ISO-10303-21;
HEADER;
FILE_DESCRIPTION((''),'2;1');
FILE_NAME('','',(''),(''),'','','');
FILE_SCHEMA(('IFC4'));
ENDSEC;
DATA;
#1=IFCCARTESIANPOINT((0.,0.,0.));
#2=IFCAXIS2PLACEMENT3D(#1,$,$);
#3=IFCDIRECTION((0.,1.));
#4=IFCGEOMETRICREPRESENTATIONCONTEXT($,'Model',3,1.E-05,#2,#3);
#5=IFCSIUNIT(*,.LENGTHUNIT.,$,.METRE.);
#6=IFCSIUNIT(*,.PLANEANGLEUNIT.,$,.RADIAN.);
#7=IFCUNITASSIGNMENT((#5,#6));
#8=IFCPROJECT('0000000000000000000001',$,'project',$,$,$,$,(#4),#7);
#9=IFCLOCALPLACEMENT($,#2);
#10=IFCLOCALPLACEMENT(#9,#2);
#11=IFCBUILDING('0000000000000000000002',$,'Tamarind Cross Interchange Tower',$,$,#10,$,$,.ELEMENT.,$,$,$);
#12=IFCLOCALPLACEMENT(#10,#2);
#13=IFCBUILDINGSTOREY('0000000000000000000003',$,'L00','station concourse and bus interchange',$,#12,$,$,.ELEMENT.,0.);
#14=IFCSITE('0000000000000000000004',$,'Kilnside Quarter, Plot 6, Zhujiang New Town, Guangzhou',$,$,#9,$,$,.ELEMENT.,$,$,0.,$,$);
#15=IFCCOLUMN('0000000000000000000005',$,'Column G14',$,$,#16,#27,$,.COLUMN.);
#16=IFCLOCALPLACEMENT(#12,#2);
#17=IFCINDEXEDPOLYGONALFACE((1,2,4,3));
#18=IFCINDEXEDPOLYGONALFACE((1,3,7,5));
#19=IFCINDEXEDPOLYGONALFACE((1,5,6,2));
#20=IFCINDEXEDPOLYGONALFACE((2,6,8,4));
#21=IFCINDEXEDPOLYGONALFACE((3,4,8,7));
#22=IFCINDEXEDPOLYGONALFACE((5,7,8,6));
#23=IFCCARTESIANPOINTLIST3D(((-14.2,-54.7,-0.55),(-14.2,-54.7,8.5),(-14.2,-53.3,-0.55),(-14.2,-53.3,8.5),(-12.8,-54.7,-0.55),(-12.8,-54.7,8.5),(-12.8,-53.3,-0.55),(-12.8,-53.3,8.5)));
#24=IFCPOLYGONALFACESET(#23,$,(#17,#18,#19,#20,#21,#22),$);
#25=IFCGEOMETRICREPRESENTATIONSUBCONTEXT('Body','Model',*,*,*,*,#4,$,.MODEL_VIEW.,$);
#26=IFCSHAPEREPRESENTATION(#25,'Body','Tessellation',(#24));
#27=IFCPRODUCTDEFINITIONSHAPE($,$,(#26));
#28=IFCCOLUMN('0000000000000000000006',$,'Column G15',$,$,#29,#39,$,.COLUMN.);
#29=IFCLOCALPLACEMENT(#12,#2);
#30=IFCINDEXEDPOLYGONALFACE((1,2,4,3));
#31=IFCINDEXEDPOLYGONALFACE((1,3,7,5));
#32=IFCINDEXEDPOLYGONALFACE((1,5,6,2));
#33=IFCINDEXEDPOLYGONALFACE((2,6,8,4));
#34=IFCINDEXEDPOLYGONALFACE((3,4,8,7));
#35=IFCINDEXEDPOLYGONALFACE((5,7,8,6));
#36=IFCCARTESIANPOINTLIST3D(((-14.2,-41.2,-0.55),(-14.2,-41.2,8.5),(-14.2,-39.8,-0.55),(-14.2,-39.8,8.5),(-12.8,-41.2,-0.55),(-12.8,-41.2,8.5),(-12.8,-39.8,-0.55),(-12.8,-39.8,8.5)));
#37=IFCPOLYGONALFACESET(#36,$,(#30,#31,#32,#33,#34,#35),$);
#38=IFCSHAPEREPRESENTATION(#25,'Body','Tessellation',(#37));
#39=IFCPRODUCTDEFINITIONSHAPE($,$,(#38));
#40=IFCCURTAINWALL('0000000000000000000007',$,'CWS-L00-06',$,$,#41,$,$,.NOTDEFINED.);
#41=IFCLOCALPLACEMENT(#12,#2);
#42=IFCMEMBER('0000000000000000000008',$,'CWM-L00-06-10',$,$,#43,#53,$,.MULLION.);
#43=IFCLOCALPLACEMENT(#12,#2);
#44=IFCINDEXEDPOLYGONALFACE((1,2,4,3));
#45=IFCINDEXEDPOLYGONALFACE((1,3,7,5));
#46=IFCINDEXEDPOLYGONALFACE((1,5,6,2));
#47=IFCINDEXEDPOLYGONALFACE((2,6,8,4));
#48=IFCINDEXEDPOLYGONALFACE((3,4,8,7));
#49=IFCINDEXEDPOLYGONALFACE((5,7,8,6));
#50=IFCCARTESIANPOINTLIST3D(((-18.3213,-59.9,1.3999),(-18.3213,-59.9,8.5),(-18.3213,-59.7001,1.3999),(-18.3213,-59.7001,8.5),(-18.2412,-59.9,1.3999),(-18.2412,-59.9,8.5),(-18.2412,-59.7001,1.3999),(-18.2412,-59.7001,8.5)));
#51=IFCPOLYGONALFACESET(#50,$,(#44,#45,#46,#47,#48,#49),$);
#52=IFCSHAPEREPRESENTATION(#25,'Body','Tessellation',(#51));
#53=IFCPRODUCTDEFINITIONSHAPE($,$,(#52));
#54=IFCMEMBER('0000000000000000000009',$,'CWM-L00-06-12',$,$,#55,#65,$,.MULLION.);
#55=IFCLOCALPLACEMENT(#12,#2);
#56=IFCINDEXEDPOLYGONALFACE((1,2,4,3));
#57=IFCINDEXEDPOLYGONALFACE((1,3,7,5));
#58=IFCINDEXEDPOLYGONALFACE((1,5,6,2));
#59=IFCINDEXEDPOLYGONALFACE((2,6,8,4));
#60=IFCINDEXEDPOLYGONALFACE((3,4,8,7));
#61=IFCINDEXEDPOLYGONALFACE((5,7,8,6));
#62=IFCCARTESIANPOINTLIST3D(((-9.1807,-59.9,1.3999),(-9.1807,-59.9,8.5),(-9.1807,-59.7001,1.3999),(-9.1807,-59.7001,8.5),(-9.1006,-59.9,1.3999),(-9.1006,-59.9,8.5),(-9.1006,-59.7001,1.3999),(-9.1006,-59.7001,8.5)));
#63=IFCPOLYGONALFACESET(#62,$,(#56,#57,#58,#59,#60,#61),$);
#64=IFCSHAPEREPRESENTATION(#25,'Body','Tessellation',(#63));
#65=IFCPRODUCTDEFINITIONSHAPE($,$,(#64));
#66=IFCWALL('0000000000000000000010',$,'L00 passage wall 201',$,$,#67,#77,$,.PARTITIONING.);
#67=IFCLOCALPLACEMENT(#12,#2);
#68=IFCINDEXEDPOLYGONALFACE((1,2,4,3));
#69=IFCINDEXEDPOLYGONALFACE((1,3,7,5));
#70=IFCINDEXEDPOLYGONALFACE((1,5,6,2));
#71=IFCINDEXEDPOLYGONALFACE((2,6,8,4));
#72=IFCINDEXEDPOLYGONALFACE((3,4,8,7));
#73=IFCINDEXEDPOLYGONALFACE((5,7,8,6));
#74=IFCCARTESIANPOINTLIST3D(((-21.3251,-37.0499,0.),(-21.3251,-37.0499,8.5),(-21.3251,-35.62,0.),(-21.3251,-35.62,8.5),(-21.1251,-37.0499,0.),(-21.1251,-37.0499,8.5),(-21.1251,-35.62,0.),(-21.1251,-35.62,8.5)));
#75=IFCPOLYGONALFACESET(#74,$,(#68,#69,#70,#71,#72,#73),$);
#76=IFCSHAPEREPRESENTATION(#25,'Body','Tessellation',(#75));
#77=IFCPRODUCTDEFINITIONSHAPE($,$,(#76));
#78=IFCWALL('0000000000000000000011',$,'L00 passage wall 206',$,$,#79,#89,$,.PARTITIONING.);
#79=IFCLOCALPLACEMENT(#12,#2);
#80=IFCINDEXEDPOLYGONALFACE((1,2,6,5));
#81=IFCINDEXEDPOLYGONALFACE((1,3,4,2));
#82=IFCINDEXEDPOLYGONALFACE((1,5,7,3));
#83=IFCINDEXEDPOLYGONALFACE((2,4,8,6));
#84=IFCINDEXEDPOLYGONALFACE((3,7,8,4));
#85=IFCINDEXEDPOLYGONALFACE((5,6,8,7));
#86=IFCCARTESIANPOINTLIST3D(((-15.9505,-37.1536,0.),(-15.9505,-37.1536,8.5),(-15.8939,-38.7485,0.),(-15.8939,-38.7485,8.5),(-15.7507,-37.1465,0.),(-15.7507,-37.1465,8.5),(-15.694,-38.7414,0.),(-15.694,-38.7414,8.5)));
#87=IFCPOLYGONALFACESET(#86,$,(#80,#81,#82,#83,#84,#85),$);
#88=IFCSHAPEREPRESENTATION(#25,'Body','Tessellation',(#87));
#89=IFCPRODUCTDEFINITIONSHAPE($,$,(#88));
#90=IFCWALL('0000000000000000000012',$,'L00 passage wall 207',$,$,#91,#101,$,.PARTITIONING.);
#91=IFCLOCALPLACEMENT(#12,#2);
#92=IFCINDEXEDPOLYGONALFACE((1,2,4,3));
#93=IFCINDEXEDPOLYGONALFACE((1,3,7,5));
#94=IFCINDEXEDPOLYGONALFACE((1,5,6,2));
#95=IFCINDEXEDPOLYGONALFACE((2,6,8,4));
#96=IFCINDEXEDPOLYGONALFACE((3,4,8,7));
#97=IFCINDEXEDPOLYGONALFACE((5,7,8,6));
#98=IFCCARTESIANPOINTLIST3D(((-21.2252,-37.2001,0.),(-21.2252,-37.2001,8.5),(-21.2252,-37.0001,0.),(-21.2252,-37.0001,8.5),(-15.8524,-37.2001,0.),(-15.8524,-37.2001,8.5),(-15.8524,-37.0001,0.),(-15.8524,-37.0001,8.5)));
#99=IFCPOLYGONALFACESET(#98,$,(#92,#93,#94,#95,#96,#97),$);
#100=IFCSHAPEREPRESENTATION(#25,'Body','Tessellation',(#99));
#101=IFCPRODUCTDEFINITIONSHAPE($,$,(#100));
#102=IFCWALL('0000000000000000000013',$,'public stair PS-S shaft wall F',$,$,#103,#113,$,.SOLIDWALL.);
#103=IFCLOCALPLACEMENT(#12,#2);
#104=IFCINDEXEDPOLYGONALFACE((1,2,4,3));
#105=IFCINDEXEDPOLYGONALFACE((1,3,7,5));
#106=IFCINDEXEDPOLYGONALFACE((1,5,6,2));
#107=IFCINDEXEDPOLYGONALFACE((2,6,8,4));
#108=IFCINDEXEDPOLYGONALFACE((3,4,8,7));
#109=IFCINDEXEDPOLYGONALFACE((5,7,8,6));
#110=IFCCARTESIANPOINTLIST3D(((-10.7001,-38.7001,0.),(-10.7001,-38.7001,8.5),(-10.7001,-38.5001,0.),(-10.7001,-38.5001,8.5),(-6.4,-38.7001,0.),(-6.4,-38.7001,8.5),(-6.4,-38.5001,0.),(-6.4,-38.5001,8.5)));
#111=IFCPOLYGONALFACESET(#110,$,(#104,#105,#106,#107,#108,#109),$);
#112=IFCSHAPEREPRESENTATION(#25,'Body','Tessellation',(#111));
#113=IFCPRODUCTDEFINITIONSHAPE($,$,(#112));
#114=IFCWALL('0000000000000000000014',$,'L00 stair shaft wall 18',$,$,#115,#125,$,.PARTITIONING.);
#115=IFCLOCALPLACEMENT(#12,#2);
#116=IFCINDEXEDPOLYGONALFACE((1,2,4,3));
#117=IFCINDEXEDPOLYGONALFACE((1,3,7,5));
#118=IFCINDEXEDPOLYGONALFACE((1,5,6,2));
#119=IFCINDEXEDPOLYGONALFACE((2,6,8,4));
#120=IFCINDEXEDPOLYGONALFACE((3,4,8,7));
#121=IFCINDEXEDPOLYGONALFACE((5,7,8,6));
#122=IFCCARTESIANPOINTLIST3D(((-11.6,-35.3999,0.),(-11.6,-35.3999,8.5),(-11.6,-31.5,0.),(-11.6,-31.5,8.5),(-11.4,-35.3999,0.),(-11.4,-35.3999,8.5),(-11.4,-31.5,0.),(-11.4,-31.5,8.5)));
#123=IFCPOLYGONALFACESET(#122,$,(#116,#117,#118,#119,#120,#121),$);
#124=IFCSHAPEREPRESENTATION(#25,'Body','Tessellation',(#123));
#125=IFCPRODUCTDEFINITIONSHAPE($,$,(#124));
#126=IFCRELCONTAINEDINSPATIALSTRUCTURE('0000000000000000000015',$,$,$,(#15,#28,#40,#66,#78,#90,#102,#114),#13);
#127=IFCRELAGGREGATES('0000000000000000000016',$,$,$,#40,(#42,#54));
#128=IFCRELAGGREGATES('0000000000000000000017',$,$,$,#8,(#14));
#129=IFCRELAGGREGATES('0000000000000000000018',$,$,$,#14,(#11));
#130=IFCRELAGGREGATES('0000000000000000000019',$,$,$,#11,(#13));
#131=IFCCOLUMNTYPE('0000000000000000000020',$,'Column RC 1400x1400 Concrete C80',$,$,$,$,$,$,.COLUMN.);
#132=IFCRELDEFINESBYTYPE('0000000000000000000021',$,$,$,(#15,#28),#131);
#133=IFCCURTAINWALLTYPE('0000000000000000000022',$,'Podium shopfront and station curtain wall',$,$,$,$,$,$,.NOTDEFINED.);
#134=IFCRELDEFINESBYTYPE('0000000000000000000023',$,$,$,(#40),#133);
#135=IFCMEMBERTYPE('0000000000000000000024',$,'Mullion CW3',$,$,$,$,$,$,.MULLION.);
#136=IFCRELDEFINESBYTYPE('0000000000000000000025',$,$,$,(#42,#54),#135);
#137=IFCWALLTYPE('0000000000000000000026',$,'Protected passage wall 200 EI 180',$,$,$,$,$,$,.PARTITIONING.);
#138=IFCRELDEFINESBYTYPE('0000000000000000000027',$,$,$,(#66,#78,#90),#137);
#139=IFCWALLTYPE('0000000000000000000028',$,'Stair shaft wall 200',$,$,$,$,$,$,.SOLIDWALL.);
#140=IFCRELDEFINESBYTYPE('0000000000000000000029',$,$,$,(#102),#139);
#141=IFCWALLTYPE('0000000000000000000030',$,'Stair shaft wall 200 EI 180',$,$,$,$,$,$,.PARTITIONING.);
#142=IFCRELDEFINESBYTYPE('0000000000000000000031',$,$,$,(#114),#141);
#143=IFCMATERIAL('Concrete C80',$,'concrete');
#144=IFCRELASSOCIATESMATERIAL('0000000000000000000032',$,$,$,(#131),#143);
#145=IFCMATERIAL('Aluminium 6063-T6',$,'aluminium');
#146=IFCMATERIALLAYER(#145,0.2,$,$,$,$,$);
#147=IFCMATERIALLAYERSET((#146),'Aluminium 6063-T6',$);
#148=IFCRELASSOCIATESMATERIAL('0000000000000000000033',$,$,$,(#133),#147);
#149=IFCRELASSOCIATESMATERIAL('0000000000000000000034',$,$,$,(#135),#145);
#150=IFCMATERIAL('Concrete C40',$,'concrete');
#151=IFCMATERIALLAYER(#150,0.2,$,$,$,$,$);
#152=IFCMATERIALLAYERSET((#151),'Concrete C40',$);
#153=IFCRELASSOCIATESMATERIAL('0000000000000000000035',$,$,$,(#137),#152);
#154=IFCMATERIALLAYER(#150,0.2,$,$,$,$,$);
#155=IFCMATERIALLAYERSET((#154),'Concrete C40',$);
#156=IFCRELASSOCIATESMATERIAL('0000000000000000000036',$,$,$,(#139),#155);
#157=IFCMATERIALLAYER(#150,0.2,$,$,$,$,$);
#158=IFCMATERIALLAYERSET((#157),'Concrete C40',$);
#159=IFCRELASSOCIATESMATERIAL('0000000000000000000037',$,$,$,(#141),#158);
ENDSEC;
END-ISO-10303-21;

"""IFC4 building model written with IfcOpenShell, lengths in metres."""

from ifc_helpers import new_model, si_unit, direction, frame, frame_2d, origin, origin_2d, place, context, subcontext, project, spatial, rectangle, extrude, material, layer, layer_set, material_profile, profile_set, type_object, element, aggregate, save


model = new_model("IFC4")

# Units and contexts
model_context = context("Model", 3, precision=1e-05, world=origin(), true_north=direction((0.0, 1.0)))
body_context = subcontext(model_context, "Body", "Model", "MODEL_VIEW")
ifc_project = project(units=[si_unit("LENGTHUNIT", "METRE"), si_unit("PLANEANGLEUNIT", "RADIAN")], contexts=[model_context])

# Site, building, storey
site_placement = place(None, origin())
site = spatial("IfcSite", under=ifc_project, at=site_placement, Name="Kilnside Quarter, Plot 6, Zhujiang New Town, Guangzhou", CompositionType="ELEMENT", RefElevation=0.0)
building_placement = place(site_placement, origin())
building = spatial("IfcBuilding", under=site, at=building_placement, Name="Tamarind Cross Interchange Tower", CompositionType="ELEMENT")
storey_placement = place(building_placement, origin())
storey = spatial("IfcBuildingStorey", under=building, at=storey_placement, Name="L00", Description="station concourse and bus interchange", CompositionType="ELEMENT", Elevation=0.0)

# Columns
ifc_material_1 = material(Name="Concrete C80", Category="concrete")
ifc_material_profile_1 = material_profile(ifc_material_1, rectangle(XDim=1.3999, YDim=1.3999, at=origin_2d()), Name="RC 1400x1400")
ifc_profile_set_1 = profile_set([ifc_material_profile_1], Name="Concrete C80")
column_type = type_object("IfcColumnType", Name="Column RC 1400x1400 Concrete C80", PredefinedType="COLUMN", material=ifc_profile_set_1)
for number, where, z_axis, x_axis, name in (
    (1, (-13.5, -54.0, -0.55), (0.0, 0.0, 1.0), (1.0, 0.0, 0.0), "Column G14"),
    (2, (-13.5, -40.5, -0.55), (0.0, 0.0, 1.0), (1.0, 0.0, 0.0), "Column G15"),
):
    element("IfcColumn", number, at=place(storey_placement, frame(where, z_axis=z_axis, x_axis=x_axis)), inside=storey, type_object=column_type, Name=name, PredefinedType="COLUMN", context=body_context, shape_type="SweptSolid", body=[
        extrude(rectangle(XDim=1.3999, YDim=1.3999, at=origin_2d()), origin(), (0.0, 0.0, 1.0), 9.05),
    ])

# Curtain wall, members
ifc_material_2 = material(Name="Aluminium 6063-T6", Category="aluminium")
ifc_layer_1 = layer(ifc_material_2, 0.2)
ifc_layer_set_1 = layer_set([ifc_layer_1], Name="Aluminium 6063-T6")
curtain_wall_type = type_object("IfcCurtainWallType", Name="Podium shopfront and station curtain wall", PredefinedType="NOTDEFINED", material=ifc_layer_set_1)
curtain_wall_placement = place(storey_placement, origin())
curtain_wall = element("IfcCurtainWall", 3, at=curtain_wall_placement, inside=storey, type_object=curtain_wall_type, Name="CWS-L00-06", PredefinedType="NOTDEFINED")
ifc_material_profile_2 = material_profile(ifc_material_2, rectangle(XDim=0.0801, YDim=0.2, at=origin_2d()), Name="Mullion CW3")
ifc_profile_set_2 = profile_set([ifc_material_profile_2], Name="Aluminium 6063-T6")
member_type = type_object("IfcMemberType", Name="Mullion CW3", PredefinedType="MULLION", material=ifc_profile_set_2)
member_1_placement = place(storey_placement, frame((-18.2812, -59.8, 1.3999), z_axis=(0.0, 0.0, 1.0), x_axis=(1.0, 0.0, 0.0)))
member_1 = element("IfcMember", 4, at=member_1_placement, type_object=member_type, Name="CWM-L00-06-10", PredefinedType="MULLION", context=body_context, shape_type="SweptSolid", body=[
    extrude(rectangle(XDim=0.0801, YDim=0.2, at=origin_2d()), origin(), (0.0, 0.0, 1.0), 7.1001),
])
member_2_placement = place(storey_placement, frame((-9.1406, -59.8, 1.3999), z_axis=(0.0, 0.0, 1.0), x_axis=(1.0, 0.0, 0.0)))
member_2 = element("IfcMember", 5, at=member_2_placement, type_object=member_type, Name="CWM-L00-06-12", PredefinedType="MULLION", context=body_context, shape_type="SweptSolid", body=[
    extrude(rectangle(XDim=0.0801, YDim=0.2, at=origin_2d()), origin(), (0.0, 0.0, 1.0), 7.1001),
])
aggregate(curtain_wall, [member_1, member_2])

# Walls
ifc_material_3 = material(Name="Concrete C40", Category="concrete")
ifc_layer_2 = layer(ifc_material_3, 0.2)
ifc_layer_set_2 = layer_set([ifc_layer_2], Name="Concrete C40")
wall_type_1 = type_object("IfcWallType", Name="Protected passage wall 200 EI 180", PredefinedType="PARTITIONING", material=ifc_layer_set_2)
wall_1_placement = place(storey_placement, frame((-21.2251, -35.6201, 0.0), z_axis=(0.0, 0.0, 1.0), x_axis=(0.0, -1.0, 0.0)))
element("IfcWall", 6, at=wall_1_placement, inside=storey, type_object=wall_type_1, Name="L00 passage wall 201", PredefinedType="PARTITIONING", context=body_context, shape_type="SweptSolid", body=[
    extrude(rectangle(XDim=1.4299, YDim=0.2, at=frame_2d((0.7148, 0.0))), origin(), (0.0, 0.0, 1.0), 8.5),
])
wall_2_placement = place(storey_placement, frame((-15.7939, -38.7449, 0.0), z_axis=(0.0, 0.0, 1.0), x_axis=(-0.03549, 0.99937, 0.0)))
element("IfcWall", 7, at=wall_2_placement, inside=storey, type_object=wall_type_1, Name="L00 passage wall 206", PredefinedType="PARTITIONING", context=body_context, shape_type="SweptSolid", body=[
    extrude(rectangle(XDim=1.5959, YDim=0.2, at=frame_2d((0.7979, 0.0))), origin(), (0.0, 0.0, 1.0), 8.5),
])
wall_3_placement = place(storey_placement, frame((-15.8523, -37.1001, 0.0), z_axis=(0.0, 0.0, 1.0), x_axis=(-1.0, 0.0, 0.0)))
element("IfcWall", 8, at=wall_3_placement, inside=storey, type_object=wall_type_1, Name="L00 passage wall 207", PredefinedType="PARTITIONING", context=body_context, shape_type="SweptSolid", body=[
    extrude(rectangle(XDim=5.3728, YDim=0.2, at=frame_2d((2.6865, 0.0))), origin(), (0.0, 0.0, 1.0), 8.5),
])
ifc_layer_3 = layer(ifc_material_3, 0.2)
ifc_layer_set_3 = layer_set([ifc_layer_3], Name="Concrete C40")
wall_type_2 = type_object("IfcWallType", Name="Stair shaft wall 200", PredefinedType="SOLIDWALL", material=ifc_layer_set_3)
wall_4_placement = place(storey_placement, frame((-10.7, -38.6001, 0.0), z_axis=(0.0, 0.0, 1.0), x_axis=(1.0, 0.0, 0.0)))
element("IfcWall", 9, at=wall_4_placement, inside=storey, type_object=wall_type_2, Name="public stair PS-S shaft wall F", PredefinedType="SOLIDWALL", context=body_context, shape_type="SweptSolid", body=[
    extrude(rectangle(XDim=4.3, YDim=0.2, at=frame_2d((2.1499, 0.0))), origin(), (0.0, 0.0, 1.0), 8.5),
])
ifc_layer_4 = layer(ifc_material_3, 0.2)
ifc_layer_set_4 = layer_set([ifc_layer_4], Name="Concrete C40")
wall_type_3 = type_object("IfcWallType", Name="Stair shaft wall 200 EI 180", PredefinedType="PARTITIONING", material=ifc_layer_set_4)
wall_5_placement = place(storey_placement, frame((-11.5, -35.3999, 0.0), z_axis=(0.0, 0.0, 1.0), x_axis=(0.0, 1.0, 0.0)))
element("IfcWall", 10, at=wall_5_placement, inside=storey, type_object=wall_type_3, Name="L00 stair shaft wall 18", PredefinedType="PARTITIONING", context=body_context, shape_type="SweptSolid", body=[
    extrude(rectangle(XDim=3.8999, YDim=0.2, at=frame_2d((1.95, 0.0))), origin(), (0.0, 0.0, 1.0), 8.5),
])

save(model, "model.ifc")
